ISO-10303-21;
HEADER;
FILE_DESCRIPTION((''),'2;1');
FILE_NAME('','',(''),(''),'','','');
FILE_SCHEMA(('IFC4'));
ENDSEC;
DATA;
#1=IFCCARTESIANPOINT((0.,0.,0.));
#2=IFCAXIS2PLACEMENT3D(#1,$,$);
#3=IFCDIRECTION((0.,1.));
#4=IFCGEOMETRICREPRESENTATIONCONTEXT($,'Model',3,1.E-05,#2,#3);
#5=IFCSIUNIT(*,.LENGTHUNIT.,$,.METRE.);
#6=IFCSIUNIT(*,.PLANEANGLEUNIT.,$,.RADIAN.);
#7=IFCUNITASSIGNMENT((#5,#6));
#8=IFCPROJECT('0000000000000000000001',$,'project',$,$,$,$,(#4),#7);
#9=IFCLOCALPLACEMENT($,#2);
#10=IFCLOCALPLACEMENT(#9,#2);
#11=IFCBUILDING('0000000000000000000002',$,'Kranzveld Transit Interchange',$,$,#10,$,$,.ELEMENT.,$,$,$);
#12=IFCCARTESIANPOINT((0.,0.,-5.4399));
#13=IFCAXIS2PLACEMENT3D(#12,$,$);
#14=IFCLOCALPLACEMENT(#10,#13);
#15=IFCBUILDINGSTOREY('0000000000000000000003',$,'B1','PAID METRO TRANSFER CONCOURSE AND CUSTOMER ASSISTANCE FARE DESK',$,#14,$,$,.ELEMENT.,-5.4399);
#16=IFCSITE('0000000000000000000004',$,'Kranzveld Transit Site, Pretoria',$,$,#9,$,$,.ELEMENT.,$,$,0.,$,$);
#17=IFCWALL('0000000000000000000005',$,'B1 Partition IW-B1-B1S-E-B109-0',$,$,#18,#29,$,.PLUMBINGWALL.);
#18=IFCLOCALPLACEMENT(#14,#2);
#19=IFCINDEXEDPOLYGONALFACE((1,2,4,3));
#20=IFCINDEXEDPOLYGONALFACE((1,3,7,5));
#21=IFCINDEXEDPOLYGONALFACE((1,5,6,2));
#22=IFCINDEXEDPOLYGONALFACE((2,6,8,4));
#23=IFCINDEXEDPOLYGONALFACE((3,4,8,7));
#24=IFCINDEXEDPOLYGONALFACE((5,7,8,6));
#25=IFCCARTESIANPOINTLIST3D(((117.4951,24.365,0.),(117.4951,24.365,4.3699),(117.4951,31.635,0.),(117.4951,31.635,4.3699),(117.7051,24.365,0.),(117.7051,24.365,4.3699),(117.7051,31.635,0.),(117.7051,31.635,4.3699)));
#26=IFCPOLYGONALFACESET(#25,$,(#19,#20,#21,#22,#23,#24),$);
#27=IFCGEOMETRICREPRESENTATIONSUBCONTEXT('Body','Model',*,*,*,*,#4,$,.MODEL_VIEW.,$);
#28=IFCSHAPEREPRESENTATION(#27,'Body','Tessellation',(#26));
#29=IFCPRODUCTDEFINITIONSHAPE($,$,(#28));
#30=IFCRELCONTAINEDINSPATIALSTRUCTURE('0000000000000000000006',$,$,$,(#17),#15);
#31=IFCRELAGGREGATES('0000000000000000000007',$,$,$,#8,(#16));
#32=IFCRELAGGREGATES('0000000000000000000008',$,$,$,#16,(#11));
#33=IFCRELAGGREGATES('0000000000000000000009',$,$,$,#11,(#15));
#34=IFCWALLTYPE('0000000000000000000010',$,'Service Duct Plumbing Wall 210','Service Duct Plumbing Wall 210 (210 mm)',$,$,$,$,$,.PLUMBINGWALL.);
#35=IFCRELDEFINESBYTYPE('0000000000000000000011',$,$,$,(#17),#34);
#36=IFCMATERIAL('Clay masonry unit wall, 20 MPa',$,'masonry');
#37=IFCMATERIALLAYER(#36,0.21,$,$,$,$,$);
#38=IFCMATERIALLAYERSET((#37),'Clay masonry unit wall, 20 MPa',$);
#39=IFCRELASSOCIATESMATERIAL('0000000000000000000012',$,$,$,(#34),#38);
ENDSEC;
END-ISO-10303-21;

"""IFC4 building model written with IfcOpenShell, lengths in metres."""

from ifc_helpers import new_model, si_unit, direction, frame, frame_2d, origin, place, context, subcontext, project, spatial, rectangle, extrude, material, layer, layer_set, type_object, element, save


model = new_model("IFC4")

# Units and contexts
model_context = context("Model", 3, precision=1e-05, world=origin(), true_north=direction((0.0, 1.0)))
body_context = subcontext(model_context, "Body", "Model", "MODEL_VIEW")
ifc_project = project(units=[si_unit("LENGTHUNIT", "METRE"), si_unit("PLANEANGLEUNIT", "RADIAN")], contexts=[model_context])

# Site, building, storey
site_placement = place(None, origin())
site = spatial("IfcSite", under=ifc_project, at=site_placement, Name="Kranzveld Transit Site, Pretoria", CompositionType="ELEMENT", RefElevation=0.0)
building_placement = place(site_placement, origin())
building = spatial("IfcBuilding", under=site, at=building_placement, Name="Kranzveld Transit Interchange", CompositionType="ELEMENT")
storey_placement = place(building_placement, frame((0.0, 0.0, -5.4399)))
storey = spatial("IfcBuildingStorey", under=building, at=storey_placement, Name="B1", Description="PAID METRO TRANSFER CONCOURSE AND CUSTOMER ASSISTANCE FARE DESK", CompositionType="ELEMENT", Elevation=-5.4399)

# Wall
ifc_material_1 = material(Name="Clay masonry unit wall, 20 MPa", Category="masonry")
ifc_layer_1 = layer(ifc_material_1, 0.21)
ifc_layer_set_1 = layer_set([ifc_layer_1], Name="Clay masonry unit wall, 20 MPa")
wall_type_1 = type_object("IfcWallType", Name="Service Duct Plumbing Wall 210", Description="Service Duct Plumbing Wall 210 (210 mm)", PredefinedType="PLUMBINGWALL", material=ifc_layer_set_1)
wall_1_placement = place(storey_placement, frame((117.6001, 24.365, 0.0), z_axis=(0.0, 0.0, 1.0), x_axis=(0.0, 1.0, 0.0)))
element("IfcWall", 1, at=wall_1_placement, inside=storey, type_object=wall_type_1, Name="B1 Partition IW-B1-B1S-E-B109-0", PredefinedType="PLUMBINGWALL", context=body_context, shape_type="SweptSolid", body=[
    extrude(rectangle(XDim=7.27, YDim=0.21, at=frame_2d((3.635, 0.0))), origin(), (0.0, 0.0, 1.0), 4.3699),
])

save(model, "model.ifc")
